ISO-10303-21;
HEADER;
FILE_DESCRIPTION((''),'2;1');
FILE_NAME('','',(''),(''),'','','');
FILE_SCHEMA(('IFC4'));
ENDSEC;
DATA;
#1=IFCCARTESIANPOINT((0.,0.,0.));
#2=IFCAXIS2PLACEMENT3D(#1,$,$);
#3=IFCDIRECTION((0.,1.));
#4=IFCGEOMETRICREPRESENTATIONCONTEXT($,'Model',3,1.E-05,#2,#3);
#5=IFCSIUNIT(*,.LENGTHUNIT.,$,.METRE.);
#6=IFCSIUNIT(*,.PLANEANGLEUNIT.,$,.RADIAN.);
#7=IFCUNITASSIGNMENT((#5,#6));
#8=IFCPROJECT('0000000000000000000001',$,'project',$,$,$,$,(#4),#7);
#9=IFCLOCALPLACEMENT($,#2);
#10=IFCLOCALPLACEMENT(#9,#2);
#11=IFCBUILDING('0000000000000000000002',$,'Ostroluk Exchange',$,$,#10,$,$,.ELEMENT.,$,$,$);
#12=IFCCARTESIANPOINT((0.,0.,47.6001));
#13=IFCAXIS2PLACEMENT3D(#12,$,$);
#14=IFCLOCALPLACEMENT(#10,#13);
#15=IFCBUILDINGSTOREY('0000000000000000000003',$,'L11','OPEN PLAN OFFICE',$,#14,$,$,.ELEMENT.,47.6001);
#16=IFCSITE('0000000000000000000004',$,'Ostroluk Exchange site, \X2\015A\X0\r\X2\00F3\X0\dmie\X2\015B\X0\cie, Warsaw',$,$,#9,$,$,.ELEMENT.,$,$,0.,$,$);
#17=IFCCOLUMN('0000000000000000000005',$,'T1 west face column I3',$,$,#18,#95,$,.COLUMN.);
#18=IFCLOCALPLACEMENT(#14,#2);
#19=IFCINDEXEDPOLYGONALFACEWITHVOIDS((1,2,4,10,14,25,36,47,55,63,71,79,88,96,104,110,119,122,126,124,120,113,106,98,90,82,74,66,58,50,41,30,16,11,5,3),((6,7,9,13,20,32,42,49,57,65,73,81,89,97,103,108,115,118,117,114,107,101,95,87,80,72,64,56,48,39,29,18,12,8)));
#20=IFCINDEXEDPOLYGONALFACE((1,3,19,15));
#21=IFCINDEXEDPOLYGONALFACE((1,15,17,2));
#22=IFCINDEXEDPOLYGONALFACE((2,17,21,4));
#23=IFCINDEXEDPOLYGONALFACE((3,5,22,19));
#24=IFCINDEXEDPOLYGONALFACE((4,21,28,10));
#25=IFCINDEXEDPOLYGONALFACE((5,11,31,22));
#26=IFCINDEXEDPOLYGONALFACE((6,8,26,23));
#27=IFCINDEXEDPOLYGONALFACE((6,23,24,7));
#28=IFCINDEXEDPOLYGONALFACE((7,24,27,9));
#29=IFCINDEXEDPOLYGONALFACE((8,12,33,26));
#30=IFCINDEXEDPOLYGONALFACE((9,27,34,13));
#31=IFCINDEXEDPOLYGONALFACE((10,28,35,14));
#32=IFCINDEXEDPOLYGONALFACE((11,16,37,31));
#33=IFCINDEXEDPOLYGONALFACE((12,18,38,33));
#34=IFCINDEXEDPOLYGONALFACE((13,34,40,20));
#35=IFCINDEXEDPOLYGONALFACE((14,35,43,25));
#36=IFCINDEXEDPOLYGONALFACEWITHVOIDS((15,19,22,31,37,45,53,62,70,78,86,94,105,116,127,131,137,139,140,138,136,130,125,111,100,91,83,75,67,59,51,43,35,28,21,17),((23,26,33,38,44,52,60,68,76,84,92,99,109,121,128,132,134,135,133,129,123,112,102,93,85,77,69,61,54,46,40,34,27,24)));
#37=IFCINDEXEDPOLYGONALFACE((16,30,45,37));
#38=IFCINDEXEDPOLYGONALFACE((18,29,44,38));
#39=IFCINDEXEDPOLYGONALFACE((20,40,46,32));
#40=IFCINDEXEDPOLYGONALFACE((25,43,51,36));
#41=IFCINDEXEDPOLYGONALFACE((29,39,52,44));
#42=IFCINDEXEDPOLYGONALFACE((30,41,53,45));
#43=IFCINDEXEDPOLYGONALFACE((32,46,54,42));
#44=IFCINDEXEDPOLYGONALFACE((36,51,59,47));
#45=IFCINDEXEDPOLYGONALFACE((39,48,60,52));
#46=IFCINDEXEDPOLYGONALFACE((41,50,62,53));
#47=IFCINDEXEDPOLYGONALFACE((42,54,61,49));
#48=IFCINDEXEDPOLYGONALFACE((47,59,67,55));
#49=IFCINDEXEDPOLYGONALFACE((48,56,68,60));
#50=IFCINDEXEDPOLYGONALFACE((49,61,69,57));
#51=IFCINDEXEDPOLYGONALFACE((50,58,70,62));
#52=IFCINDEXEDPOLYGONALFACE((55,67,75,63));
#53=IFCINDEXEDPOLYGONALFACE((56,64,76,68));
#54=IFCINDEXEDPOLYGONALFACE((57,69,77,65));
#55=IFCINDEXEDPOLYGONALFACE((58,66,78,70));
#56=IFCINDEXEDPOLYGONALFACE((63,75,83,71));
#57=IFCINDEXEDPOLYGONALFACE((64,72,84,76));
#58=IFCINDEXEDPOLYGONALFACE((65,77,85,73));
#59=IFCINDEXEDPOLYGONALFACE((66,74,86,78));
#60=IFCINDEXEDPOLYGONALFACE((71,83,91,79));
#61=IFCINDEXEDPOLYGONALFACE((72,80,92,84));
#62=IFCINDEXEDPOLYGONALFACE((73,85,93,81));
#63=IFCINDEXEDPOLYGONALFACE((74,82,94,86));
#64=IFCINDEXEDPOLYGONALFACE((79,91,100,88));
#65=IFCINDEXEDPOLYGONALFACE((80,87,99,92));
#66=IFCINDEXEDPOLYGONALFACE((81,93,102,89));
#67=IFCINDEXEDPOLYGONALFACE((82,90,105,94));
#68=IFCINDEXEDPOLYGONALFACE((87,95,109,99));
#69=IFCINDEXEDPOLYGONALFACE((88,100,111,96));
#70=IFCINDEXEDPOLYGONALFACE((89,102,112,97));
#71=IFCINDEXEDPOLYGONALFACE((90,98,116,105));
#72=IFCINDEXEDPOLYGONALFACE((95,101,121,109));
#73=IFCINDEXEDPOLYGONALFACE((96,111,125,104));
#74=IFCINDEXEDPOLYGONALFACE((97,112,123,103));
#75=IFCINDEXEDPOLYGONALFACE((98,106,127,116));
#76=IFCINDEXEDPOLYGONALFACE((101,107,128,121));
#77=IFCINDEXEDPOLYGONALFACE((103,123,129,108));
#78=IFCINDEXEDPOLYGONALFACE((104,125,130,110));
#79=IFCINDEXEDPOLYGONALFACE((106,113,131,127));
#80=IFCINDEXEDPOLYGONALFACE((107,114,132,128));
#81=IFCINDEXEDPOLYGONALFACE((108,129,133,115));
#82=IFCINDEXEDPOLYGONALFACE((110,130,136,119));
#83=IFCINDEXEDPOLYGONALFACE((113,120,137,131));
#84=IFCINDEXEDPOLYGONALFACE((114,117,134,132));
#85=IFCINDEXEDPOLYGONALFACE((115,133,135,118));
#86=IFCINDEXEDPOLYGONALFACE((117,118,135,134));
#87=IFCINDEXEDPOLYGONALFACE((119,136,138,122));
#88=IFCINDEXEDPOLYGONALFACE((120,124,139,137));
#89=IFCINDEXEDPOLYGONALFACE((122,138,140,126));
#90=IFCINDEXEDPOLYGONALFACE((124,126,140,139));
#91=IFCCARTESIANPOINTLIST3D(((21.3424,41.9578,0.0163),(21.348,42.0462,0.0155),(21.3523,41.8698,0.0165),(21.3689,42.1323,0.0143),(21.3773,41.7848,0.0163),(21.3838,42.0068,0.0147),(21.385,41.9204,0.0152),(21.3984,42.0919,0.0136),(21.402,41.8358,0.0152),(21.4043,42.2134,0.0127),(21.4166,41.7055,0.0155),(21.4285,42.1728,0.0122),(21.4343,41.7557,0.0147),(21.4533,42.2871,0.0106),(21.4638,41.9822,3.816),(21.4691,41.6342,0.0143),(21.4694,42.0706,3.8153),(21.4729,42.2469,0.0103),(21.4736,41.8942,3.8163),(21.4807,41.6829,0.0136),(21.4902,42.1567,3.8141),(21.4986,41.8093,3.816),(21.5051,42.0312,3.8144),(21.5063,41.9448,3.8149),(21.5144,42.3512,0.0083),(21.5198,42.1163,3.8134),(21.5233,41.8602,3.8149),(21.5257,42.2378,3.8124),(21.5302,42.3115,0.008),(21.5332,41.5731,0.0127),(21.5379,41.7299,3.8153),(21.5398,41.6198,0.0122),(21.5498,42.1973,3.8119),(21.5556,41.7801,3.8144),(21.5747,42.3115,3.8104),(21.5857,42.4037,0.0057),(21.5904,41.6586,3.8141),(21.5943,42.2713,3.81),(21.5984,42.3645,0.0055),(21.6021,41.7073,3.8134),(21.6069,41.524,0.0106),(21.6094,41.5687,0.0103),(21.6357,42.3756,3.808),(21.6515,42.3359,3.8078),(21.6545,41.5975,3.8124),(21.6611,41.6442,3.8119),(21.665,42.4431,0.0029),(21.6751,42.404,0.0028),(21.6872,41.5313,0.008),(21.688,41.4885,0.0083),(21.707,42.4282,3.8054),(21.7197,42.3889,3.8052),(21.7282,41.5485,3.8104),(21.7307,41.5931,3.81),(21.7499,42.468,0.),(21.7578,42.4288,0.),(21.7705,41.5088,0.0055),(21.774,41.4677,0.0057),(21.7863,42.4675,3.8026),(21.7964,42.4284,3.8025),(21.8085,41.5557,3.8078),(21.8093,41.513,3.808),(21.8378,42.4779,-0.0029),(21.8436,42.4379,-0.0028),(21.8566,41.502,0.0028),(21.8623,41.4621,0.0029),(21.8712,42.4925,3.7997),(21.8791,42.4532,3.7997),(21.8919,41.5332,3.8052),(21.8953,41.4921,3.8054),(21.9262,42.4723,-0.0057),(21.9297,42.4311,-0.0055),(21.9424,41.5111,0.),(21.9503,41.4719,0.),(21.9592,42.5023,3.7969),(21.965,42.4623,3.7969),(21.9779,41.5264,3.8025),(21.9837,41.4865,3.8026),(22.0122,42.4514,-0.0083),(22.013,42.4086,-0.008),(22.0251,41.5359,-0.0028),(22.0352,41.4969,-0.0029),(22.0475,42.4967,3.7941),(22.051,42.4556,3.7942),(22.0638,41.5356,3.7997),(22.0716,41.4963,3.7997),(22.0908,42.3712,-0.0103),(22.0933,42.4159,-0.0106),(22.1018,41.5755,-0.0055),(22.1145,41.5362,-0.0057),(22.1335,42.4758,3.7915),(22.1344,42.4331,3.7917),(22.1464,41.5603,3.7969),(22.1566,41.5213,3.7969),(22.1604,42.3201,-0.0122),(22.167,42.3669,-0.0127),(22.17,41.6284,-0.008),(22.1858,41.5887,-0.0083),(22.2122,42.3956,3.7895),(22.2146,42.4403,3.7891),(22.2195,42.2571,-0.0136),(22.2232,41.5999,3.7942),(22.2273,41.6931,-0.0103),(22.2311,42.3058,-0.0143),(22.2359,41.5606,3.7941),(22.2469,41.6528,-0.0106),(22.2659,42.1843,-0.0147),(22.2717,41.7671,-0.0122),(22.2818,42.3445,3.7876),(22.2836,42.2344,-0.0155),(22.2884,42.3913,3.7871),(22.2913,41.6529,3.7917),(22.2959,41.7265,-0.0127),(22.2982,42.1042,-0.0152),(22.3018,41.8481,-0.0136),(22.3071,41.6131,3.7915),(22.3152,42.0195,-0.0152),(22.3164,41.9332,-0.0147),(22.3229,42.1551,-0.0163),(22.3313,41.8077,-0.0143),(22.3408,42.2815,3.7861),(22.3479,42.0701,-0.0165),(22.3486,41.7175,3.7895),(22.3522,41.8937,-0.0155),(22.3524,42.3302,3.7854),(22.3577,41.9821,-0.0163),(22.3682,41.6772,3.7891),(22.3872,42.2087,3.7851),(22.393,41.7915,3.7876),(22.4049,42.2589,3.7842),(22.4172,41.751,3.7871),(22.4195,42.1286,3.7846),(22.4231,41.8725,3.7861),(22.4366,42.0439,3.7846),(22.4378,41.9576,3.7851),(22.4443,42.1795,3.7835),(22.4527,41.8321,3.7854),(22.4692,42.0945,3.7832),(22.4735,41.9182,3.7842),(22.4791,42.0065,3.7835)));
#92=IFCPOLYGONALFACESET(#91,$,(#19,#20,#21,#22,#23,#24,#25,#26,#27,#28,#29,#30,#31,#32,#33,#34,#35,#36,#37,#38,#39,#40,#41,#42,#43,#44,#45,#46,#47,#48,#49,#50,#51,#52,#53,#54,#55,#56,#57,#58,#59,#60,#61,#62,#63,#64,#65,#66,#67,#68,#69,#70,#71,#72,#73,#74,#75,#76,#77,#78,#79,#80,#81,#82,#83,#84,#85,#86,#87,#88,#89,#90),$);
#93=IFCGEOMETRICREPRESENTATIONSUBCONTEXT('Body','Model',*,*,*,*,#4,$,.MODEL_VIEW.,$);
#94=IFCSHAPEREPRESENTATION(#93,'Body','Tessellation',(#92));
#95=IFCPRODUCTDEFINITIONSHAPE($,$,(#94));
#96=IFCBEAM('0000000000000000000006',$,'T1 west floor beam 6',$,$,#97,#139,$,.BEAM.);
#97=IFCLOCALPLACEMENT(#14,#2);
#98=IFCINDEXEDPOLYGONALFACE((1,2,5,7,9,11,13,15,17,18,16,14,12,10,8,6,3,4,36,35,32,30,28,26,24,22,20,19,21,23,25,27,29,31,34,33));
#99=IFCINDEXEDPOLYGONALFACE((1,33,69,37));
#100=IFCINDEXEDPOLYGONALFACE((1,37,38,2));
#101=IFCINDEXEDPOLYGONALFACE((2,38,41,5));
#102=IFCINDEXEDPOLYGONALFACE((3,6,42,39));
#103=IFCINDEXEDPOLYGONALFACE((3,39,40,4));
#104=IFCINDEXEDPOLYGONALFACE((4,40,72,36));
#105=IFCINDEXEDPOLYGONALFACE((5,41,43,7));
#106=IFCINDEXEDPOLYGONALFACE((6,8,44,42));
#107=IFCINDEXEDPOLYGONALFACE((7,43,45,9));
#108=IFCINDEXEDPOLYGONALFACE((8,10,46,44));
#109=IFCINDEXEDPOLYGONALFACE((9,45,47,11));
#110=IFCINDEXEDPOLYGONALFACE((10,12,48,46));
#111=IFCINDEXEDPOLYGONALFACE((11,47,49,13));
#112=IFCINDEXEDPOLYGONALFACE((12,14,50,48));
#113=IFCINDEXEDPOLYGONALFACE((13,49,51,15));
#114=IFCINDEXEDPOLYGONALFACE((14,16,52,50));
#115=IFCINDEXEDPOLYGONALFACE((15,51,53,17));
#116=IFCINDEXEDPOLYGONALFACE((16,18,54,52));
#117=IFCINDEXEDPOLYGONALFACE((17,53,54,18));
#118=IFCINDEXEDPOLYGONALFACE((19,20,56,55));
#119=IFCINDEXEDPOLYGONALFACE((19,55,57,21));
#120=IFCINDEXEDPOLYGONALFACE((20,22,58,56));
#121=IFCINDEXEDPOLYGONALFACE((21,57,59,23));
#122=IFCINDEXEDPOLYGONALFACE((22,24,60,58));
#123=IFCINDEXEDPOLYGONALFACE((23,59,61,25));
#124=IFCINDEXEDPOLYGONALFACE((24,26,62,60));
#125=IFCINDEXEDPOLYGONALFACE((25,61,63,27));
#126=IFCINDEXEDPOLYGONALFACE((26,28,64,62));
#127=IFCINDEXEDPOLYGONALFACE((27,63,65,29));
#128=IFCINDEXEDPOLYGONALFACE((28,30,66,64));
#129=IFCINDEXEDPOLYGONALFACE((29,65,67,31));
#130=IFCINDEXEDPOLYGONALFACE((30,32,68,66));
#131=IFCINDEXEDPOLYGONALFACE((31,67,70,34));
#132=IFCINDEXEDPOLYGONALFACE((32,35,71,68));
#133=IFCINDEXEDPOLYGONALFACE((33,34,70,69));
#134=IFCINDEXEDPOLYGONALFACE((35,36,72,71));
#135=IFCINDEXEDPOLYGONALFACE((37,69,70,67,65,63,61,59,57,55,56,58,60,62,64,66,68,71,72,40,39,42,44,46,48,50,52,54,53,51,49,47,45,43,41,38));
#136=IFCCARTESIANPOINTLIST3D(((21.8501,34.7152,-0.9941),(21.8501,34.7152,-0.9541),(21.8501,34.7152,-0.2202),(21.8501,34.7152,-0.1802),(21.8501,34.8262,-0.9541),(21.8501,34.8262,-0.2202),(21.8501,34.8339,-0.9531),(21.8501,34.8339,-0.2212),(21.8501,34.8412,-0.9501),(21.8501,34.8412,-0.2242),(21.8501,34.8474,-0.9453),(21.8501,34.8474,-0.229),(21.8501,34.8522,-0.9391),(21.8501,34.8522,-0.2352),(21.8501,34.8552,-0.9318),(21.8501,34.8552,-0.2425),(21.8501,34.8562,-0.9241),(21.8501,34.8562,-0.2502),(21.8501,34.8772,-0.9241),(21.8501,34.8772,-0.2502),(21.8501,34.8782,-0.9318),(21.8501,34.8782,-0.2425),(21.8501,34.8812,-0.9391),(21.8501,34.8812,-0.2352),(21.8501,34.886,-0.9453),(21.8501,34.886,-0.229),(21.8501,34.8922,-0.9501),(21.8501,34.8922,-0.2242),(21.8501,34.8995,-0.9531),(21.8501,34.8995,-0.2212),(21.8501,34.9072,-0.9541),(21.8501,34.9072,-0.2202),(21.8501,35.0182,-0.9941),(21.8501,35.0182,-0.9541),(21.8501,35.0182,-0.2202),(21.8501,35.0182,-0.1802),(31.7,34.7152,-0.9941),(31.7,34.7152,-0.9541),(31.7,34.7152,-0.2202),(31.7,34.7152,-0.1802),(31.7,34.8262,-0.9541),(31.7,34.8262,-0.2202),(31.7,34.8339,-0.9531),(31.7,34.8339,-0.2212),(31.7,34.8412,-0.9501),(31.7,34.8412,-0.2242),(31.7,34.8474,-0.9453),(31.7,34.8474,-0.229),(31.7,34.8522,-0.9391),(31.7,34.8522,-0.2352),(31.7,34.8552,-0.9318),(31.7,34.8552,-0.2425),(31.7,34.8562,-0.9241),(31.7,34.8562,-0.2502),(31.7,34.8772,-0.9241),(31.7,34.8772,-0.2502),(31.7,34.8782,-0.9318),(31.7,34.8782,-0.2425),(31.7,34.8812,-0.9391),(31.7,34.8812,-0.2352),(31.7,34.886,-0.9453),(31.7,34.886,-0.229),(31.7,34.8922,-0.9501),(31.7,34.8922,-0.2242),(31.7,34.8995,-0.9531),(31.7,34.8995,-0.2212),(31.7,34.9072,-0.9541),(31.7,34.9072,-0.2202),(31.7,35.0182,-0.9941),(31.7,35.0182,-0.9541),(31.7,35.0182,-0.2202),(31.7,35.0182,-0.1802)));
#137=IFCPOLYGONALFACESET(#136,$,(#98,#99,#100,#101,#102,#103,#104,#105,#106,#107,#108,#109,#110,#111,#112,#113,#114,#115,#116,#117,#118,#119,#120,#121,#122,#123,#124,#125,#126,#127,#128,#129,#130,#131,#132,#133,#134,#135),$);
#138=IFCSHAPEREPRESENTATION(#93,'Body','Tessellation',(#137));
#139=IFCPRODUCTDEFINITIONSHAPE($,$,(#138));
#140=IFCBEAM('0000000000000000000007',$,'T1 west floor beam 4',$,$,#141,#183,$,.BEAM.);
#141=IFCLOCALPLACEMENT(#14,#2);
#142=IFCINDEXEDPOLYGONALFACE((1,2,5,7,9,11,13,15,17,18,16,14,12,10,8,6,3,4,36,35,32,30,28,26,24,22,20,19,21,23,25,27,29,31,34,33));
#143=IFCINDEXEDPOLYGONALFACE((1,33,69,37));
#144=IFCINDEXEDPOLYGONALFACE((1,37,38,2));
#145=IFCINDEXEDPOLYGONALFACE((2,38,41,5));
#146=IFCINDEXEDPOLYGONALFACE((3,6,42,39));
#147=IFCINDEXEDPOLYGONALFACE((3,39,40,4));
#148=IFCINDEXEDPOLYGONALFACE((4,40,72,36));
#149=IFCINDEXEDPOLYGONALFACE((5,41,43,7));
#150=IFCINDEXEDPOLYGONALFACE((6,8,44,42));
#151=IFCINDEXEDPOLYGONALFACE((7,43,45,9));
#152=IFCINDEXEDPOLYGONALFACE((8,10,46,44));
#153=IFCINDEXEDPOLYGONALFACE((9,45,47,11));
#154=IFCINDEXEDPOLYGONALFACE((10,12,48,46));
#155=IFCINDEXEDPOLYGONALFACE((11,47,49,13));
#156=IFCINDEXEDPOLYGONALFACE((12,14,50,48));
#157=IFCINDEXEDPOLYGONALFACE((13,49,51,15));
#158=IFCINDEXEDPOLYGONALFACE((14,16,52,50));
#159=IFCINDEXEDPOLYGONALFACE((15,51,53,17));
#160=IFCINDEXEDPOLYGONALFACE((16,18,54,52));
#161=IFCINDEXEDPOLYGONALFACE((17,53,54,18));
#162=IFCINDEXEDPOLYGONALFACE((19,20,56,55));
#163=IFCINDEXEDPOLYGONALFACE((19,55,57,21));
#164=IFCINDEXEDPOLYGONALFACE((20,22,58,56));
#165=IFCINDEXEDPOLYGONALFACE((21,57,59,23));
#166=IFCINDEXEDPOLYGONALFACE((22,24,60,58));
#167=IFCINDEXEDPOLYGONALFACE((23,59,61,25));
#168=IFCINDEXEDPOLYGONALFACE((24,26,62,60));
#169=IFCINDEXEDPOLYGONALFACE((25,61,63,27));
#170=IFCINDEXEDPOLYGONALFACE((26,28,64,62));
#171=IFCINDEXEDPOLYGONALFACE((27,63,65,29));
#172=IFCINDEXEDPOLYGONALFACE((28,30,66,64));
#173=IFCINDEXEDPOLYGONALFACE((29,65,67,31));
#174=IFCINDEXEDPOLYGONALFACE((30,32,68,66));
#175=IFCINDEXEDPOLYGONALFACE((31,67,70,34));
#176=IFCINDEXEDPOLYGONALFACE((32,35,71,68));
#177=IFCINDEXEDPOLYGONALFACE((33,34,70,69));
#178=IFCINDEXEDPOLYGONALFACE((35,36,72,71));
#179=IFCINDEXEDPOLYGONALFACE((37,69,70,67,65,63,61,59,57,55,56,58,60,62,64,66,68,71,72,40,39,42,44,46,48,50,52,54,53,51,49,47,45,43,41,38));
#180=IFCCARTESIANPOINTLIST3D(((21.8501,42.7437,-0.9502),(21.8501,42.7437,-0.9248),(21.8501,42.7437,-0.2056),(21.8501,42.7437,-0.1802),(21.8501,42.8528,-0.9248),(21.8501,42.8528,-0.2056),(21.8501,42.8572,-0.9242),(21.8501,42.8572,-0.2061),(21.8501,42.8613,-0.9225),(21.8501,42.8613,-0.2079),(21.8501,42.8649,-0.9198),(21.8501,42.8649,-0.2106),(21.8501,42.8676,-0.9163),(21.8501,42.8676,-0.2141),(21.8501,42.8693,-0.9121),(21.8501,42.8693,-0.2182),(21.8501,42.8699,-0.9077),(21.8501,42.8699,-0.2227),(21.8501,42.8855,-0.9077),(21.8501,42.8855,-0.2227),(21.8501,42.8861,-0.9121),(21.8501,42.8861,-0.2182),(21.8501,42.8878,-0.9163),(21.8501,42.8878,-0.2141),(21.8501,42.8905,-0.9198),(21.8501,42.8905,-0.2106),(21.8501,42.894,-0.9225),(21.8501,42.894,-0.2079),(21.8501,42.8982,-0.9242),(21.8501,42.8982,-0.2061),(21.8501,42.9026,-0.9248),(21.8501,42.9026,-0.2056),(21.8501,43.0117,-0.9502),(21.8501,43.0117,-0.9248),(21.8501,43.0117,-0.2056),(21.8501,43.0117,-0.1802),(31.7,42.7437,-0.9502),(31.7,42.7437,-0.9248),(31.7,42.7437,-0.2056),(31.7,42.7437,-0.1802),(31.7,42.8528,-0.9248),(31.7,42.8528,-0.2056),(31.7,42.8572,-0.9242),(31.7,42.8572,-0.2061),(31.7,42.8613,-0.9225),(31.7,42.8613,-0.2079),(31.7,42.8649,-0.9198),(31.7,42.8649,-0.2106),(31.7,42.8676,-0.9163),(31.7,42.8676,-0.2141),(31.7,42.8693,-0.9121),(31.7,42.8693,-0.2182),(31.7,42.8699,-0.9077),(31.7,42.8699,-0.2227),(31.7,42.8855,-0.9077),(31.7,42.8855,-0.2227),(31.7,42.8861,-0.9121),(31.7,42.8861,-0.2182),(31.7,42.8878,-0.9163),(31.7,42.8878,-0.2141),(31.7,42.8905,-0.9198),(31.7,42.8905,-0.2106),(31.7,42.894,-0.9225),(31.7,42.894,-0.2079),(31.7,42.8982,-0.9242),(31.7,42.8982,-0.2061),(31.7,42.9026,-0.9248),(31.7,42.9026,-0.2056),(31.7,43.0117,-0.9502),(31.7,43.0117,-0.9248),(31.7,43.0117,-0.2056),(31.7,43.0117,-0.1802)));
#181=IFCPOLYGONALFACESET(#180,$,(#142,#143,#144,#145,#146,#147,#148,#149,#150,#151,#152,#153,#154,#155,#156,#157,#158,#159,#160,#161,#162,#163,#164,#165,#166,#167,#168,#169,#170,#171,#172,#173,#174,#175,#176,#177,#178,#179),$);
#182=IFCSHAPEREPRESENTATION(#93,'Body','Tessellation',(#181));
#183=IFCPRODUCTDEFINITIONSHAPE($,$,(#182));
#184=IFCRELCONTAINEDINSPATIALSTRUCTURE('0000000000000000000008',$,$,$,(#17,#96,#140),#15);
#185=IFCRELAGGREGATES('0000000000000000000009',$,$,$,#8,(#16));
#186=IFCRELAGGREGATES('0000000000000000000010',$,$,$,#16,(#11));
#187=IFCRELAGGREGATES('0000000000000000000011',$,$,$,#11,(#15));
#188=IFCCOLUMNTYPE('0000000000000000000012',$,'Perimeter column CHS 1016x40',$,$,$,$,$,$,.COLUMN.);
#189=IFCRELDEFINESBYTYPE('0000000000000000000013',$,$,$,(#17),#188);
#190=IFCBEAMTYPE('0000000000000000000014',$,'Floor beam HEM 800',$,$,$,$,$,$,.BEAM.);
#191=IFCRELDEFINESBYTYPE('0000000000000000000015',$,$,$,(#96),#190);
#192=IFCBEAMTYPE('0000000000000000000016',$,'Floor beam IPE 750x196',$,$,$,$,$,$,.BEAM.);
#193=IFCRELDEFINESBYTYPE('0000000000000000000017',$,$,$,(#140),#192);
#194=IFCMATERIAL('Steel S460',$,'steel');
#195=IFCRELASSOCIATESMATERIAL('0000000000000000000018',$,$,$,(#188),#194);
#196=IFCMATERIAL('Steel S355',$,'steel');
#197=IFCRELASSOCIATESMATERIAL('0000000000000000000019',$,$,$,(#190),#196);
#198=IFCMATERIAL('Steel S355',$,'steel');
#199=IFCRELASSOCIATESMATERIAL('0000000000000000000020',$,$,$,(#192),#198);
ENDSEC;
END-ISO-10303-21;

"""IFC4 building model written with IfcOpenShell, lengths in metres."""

from ifc_helpers import new_model, si_unit, direction, frame, origin, origin_2d, place, context, subcontext, project, spatial, hollow_circle, i_section, extrude, material, material_profile, profile_set, type_object, element, save


model = new_model("IFC4")

# Units and contexts
model_context = context("Model", 3, precision=1e-05, world=origin(), true_north=direction((0.0, 1.0)))
body_context = subcontext(model_context, "Body", "Model", "MODEL_VIEW")
ifc_project = project(units=[si_unit("LENGTHUNIT", "METRE"), si_unit("PLANEANGLEUNIT", "RADIAN")], contexts=[model_context])

# Site, building, storey
site_placement = place(None, origin())
site = spatial("IfcSite", under=ifc_project, at=site_placement, Name="Ostroluk Exchange site, Śródmieście, Warsaw", CompositionType="ELEMENT", RefElevation=0.0)
building_placement = place(site_placement, origin())
building = spatial("IfcBuilding", under=site, at=building_placement, Name="Ostroluk Exchange", CompositionType="ELEMENT")
storey_placement = place(building_placement, frame((0.0, 0.0, 47.6001)))
storey = spatial("IfcBuildingStorey", under=building, at=storey_placement, Name="L11", Description="OPEN PLAN OFFICE", CompositionType="ELEMENT", Elevation=47.6001)

# Column
ifc_material_1 = material(Name="Steel S460", Category="steel")
ifc_material_profile_1 = material_profile(ifc_material_1, hollow_circle(Radius=0.5081, WallThickness=0.04, at=origin_2d()), Name="CHS 1016x40")
ifc_profile_set_1 = profile_set([ifc_material_profile_1], Name="Steel S460")
column_type = type_object("IfcColumnType", Name="Perimeter column CHS 1016x40", PredefinedType="COLUMN", material=ifc_profile_set_1)
column_placement = place(storey_placement, frame((21.8501, 41.97, 0.0), z_axis=(0.031916, 0.006422, 0.99947), x_axis=(-0.197254, 0.980352, 0.0)))
element("IfcColumn", 1, at=column_placement, inside=storey, type_object=column_type, Name="T1 west face column I3", PredefinedType="COLUMN", context=body_context, shape_type="SweptSolid", body=[
    extrude(hollow_circle(Radius=0.5081, WallThickness=0.04, at=origin_2d()), origin(), (0.0, 0.0, 1.0), 3.8018),
])

# Beams
ifc_material_2 = material(Name="Steel S355", Category="steel")
ifc_material_profile_2 = material_profile(ifc_material_2, i_section(OverallWidth=0.303, OverallDepth=0.814, WebThickness=0.021, FlangeThickness=0.04, FilletRadius=0.03, at=origin_2d()), Name="HEM 800")
ifc_profile_set_2 = profile_set([ifc_material_profile_2], Name="Steel S355")
beam_type_1 = type_object("IfcBeamType", Name="Floor beam HEM 800", PredefinedType="BEAM", material=ifc_profile_set_2)
beam_1_placement = place(storey_placement, frame((31.7, 34.8667, -0.5872), z_axis=(-1.0, 0.0, 0.0), x_axis=(0.0, -1.0, 0.0)))
element("IfcBeam", 2, at=beam_1_placement, inside=storey, type_object=beam_type_1, Name="T1 west floor beam 6", PredefinedType="BEAM", context=body_context, shape_type="SweptSolid", body=[
    extrude(i_section(OverallWidth=0.303, OverallDepth=0.814, WebThickness=0.021, FlangeThickness=0.04, FilletRadius=0.03, at=origin_2d()), origin(), (0.0, 0.0, 1.0), 9.8499),
])
ifc_material_3 = material(Name="Steel S355", Category="steel")
ifc_material_profile_3 = material_profile(ifc_material_3, i_section(OverallWidth=0.2681, OverallDepth=0.77, WebThickness=0.0156, FlangeThickness=0.0254, FilletRadius=0.0171, at=origin_2d()), Name="IPE 750x196")
ifc_profile_set_3 = profile_set([ifc_material_profile_3], Name="Steel S355")
beam_type_2 = type_object("IfcBeamType", Name="Floor beam IPE 750x196", PredefinedType="BEAM", material=ifc_profile_set_3)
for number, where, z_axis, x_axis, name in (
    (3, (31.7, 42.8777, -0.5652), (-1.0, 0.0, 0.0), (0.0, -1.0, 0.0), "T1 west floor beam 4"),
):
    element("IfcBeam", number, at=place(storey_placement, frame(where, z_axis=z_axis, x_axis=x_axis)), inside=storey, type_object=beam_type_2, Name=name, PredefinedType="BEAM", context=body_context, shape_type="SweptSolid", body=[
        extrude(i_section(OverallWidth=0.2681, OverallDepth=0.77, WebThickness=0.0156, FlangeThickness=0.0254, FilletRadius=0.0171, at=origin_2d()), origin(), (0.0, 0.0, 1.0), 9.8499),
    ])

save(model, "model.ifc")
